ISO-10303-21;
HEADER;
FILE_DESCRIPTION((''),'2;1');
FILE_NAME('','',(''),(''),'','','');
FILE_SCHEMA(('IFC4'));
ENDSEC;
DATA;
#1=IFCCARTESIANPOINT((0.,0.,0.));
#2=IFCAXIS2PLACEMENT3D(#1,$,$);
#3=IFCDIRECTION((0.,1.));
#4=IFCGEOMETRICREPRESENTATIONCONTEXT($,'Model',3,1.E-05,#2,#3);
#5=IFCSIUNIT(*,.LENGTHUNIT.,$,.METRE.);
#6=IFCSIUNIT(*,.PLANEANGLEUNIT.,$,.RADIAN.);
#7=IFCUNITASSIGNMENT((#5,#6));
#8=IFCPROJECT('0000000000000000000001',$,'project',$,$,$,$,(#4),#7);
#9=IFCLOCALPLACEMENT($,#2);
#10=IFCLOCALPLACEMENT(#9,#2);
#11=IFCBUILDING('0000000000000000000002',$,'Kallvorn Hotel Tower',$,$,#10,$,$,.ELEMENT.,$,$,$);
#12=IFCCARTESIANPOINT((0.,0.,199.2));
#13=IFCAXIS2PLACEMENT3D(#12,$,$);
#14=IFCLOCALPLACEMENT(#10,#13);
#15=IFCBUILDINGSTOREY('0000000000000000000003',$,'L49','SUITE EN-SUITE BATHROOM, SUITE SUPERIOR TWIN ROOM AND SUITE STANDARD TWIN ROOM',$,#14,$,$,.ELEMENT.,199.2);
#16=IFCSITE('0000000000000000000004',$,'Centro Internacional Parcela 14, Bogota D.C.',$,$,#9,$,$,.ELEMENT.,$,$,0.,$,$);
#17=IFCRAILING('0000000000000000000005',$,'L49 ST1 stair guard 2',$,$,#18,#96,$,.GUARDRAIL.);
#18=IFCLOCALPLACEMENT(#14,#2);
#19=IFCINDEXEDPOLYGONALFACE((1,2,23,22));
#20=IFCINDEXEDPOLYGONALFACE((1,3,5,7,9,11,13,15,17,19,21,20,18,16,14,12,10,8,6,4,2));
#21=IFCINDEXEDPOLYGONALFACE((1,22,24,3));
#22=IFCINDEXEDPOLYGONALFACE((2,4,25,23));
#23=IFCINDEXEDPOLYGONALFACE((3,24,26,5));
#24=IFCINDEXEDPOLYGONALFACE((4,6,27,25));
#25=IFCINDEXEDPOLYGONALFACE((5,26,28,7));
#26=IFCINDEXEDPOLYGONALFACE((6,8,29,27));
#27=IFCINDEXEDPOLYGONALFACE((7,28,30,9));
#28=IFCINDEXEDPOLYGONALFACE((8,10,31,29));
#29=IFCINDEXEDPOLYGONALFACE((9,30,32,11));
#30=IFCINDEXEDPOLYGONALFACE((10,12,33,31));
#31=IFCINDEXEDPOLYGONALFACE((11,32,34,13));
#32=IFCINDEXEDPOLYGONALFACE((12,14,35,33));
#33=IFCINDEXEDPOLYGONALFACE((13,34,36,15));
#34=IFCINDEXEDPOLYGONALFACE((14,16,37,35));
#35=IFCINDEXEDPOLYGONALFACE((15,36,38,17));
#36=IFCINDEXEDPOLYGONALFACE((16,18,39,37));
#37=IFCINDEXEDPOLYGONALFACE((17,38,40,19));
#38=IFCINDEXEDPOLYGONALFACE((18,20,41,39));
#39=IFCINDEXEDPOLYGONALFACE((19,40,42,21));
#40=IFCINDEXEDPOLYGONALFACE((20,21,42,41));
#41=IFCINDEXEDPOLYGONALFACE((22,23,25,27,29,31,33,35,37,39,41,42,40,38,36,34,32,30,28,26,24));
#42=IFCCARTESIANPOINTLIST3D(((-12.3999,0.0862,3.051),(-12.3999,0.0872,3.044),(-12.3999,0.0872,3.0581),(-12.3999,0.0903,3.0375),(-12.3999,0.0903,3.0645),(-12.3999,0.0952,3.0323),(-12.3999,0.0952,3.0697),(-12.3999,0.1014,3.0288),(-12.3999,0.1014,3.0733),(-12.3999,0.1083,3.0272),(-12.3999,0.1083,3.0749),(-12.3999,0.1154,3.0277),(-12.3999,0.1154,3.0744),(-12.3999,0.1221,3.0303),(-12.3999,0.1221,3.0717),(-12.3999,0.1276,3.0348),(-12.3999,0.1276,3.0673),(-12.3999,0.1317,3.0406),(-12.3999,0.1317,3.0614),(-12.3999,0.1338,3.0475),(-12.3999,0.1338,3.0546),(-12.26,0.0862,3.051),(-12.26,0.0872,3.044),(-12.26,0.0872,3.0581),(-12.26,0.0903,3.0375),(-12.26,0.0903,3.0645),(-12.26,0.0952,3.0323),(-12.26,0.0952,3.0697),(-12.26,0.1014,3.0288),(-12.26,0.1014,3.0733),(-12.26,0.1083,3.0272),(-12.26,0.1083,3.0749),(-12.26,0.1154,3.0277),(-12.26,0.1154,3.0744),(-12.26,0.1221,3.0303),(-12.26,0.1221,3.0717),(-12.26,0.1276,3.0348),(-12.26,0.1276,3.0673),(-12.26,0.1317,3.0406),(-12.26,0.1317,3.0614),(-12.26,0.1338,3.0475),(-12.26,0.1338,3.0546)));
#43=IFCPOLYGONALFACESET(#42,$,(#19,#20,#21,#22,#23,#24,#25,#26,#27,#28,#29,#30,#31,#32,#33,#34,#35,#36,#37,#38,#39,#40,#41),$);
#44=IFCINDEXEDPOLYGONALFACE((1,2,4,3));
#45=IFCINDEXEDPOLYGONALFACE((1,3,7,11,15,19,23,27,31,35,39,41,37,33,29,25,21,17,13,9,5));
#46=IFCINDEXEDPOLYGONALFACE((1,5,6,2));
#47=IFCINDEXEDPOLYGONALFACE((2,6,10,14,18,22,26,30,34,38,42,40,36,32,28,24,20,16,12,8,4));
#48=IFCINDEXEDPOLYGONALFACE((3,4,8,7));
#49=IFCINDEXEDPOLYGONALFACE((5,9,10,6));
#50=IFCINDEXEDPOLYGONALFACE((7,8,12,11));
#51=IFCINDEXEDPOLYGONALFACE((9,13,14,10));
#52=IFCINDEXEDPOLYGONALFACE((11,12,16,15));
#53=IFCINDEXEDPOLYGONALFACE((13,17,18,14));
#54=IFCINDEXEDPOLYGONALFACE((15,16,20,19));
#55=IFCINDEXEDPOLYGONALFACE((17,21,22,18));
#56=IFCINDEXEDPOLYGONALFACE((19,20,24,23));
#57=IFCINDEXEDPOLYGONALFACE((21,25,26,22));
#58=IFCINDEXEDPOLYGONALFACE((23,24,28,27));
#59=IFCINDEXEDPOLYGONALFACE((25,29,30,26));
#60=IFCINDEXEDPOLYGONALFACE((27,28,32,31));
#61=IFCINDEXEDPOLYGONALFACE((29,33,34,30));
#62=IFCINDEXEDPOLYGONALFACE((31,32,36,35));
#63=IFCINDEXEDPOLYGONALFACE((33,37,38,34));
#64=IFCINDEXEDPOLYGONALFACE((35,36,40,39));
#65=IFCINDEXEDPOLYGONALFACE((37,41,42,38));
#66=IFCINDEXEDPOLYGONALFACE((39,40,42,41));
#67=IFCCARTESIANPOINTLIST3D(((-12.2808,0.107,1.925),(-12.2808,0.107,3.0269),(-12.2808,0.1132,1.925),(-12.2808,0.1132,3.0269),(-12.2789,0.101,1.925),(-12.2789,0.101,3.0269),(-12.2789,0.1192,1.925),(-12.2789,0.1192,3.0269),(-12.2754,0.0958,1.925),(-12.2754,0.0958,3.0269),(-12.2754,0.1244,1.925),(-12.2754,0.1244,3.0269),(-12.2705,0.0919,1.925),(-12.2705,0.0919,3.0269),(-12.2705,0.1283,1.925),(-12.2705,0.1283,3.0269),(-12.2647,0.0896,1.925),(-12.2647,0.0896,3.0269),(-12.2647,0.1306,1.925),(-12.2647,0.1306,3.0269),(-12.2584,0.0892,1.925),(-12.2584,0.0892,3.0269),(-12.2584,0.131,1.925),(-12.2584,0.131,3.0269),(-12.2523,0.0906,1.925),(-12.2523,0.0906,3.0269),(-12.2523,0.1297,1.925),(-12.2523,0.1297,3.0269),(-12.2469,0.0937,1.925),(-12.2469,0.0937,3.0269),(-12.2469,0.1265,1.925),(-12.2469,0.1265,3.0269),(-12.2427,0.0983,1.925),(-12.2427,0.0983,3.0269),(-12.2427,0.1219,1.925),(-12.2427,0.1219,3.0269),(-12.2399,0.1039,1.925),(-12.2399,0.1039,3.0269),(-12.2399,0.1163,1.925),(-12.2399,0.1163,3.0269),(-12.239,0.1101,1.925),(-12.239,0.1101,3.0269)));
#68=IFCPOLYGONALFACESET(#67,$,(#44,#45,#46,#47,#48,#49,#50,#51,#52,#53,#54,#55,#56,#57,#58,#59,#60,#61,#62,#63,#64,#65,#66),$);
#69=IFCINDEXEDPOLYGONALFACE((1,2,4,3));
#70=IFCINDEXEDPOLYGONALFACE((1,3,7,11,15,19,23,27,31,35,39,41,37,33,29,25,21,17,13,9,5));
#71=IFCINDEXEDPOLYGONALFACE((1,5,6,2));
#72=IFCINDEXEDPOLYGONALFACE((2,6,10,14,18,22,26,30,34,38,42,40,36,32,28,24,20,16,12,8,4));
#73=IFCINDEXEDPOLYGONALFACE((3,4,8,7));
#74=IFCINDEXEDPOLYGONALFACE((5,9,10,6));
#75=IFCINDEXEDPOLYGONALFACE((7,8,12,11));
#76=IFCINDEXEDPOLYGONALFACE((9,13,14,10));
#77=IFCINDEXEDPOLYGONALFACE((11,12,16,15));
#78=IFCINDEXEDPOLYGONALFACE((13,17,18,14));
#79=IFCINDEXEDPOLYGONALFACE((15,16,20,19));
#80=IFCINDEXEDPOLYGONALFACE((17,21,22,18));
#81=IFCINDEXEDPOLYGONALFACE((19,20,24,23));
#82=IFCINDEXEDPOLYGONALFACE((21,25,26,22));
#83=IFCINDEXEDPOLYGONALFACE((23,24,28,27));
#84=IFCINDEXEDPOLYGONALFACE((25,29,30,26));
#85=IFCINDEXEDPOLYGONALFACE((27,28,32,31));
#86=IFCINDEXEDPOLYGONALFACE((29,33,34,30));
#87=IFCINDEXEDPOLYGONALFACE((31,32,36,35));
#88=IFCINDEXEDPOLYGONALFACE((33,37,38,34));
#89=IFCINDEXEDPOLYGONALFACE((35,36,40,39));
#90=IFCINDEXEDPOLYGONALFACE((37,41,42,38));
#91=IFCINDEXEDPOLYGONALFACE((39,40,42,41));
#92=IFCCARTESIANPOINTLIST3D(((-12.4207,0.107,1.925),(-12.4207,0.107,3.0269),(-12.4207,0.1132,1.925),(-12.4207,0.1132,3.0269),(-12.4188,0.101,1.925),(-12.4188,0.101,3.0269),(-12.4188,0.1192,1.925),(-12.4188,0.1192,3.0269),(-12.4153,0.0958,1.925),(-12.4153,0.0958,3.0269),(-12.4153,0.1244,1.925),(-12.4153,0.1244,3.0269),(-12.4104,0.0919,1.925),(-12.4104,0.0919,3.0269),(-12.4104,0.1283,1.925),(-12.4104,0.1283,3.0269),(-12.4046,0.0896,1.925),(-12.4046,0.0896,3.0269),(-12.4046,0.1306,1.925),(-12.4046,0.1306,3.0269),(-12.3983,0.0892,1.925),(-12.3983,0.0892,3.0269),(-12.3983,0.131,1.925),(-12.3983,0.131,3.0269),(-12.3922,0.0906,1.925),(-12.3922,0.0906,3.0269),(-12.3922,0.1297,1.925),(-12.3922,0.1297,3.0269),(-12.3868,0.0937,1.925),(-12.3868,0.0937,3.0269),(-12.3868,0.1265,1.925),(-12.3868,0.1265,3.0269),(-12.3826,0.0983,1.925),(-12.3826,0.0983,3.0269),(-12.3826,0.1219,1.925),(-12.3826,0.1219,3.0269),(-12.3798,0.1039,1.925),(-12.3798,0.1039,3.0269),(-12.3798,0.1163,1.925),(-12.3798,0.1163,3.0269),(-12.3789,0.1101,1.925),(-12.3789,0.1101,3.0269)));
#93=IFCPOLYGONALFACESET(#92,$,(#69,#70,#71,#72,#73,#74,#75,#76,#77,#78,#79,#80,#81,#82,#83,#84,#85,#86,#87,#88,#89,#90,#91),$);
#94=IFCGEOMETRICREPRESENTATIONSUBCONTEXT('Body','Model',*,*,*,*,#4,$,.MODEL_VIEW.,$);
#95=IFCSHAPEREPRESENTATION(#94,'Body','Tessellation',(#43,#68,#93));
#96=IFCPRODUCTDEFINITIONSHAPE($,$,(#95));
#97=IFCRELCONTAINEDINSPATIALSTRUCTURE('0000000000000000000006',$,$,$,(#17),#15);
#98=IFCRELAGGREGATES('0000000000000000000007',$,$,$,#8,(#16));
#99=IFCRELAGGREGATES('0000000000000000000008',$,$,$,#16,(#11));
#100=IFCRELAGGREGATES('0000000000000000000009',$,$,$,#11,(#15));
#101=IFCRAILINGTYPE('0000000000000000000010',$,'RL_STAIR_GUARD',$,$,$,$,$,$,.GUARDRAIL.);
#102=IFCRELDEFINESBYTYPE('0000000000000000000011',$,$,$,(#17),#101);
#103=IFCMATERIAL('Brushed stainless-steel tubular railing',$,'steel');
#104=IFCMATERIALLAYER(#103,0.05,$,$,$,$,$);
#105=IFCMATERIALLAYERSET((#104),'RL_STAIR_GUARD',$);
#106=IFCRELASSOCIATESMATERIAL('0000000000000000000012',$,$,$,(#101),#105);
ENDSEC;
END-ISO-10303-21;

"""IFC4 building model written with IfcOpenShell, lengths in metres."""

from ifc_helpers import new_model, si_unit, direction, frame, origin, origin_2d, place, context, subcontext, project, spatial, circle, extrude, material, layer, layer_set, type_object, element, save


model = new_model("IFC4")

# Units and contexts
model_context = context("Model", 3, precision=1e-05, world=origin(), true_north=direction((0.0, 1.0)))
body_context = subcontext(model_context, "Body", "Model", "MODEL_VIEW")
ifc_project = project(units=[si_unit("LENGTHUNIT", "METRE"), si_unit("PLANEANGLEUNIT", "RADIAN")], contexts=[model_context])

# Site, building, storey
site_placement = place(None, origin())
site = spatial("IfcSite", under=ifc_project, at=site_placement, Name="Centro Internacional Parcela 14, Bogota D.C.", CompositionType="ELEMENT", RefElevation=0.0)
building_placement = place(site_placement, origin())
building = spatial("IfcBuilding", under=site, at=building_placement, Name="Kallvorn Hotel Tower", CompositionType="ELEMENT")
storey_placement = place(building_placement, frame((0.0, 0.0, 199.2)))
storey = spatial("IfcBuildingStorey", under=building, at=storey_placement, Name="L49", Description="SUITE EN-SUITE BATHROOM, SUITE SUPERIOR TWIN ROOM AND SUITE STANDARD TWIN ROOM", CompositionType="ELEMENT", Elevation=199.2)

# Railing
ifc_material_1 = material(Name="Brushed stainless-steel tubular railing", Category="steel")
ifc_layer_1 = layer(ifc_material_1, 0.05)
ifc_layer_set_1 = layer_set([ifc_layer_1], Name="RL_STAIR_GUARD")
railing_type_1 = type_object("IfcRailingType", Name="RL_STAIR_GUARD", PredefinedType="GUARDRAIL", material=ifc_layer_set_1)
railing_1_placement = place(storey_placement, frame((-12.26, 0.1101, 1.925)))
element("IfcRailing", 1, at=railing_1_placement, inside=storey, type_object=railing_type_1, Name="L49 ST1 stair guard 2", PredefinedType="GUARDRAIL", context=body_context, shape_type="SweptSolid", body=[
    extrude(circle(Radius=0.0239, at=origin_2d()), frame((0.0, 0.0, 1.126), z_axis=(-1.0, 0.0, 0.0), x_axis=(0.0, -1.0, 0.0)), (0.0, 0.0, 1.0), 0.1399),
    extrude(circle(Radius=0.021, at=origin_2d()), origin(), (0.0, 0.0, 1.0), 1.1018),
    extrude(circle(Radius=0.021, at=origin_2d()), frame((-0.1399, 0.0, 0.0)), (0.0, 0.0, 1.0), 1.1018),
])

save(model, "model.ifc")
